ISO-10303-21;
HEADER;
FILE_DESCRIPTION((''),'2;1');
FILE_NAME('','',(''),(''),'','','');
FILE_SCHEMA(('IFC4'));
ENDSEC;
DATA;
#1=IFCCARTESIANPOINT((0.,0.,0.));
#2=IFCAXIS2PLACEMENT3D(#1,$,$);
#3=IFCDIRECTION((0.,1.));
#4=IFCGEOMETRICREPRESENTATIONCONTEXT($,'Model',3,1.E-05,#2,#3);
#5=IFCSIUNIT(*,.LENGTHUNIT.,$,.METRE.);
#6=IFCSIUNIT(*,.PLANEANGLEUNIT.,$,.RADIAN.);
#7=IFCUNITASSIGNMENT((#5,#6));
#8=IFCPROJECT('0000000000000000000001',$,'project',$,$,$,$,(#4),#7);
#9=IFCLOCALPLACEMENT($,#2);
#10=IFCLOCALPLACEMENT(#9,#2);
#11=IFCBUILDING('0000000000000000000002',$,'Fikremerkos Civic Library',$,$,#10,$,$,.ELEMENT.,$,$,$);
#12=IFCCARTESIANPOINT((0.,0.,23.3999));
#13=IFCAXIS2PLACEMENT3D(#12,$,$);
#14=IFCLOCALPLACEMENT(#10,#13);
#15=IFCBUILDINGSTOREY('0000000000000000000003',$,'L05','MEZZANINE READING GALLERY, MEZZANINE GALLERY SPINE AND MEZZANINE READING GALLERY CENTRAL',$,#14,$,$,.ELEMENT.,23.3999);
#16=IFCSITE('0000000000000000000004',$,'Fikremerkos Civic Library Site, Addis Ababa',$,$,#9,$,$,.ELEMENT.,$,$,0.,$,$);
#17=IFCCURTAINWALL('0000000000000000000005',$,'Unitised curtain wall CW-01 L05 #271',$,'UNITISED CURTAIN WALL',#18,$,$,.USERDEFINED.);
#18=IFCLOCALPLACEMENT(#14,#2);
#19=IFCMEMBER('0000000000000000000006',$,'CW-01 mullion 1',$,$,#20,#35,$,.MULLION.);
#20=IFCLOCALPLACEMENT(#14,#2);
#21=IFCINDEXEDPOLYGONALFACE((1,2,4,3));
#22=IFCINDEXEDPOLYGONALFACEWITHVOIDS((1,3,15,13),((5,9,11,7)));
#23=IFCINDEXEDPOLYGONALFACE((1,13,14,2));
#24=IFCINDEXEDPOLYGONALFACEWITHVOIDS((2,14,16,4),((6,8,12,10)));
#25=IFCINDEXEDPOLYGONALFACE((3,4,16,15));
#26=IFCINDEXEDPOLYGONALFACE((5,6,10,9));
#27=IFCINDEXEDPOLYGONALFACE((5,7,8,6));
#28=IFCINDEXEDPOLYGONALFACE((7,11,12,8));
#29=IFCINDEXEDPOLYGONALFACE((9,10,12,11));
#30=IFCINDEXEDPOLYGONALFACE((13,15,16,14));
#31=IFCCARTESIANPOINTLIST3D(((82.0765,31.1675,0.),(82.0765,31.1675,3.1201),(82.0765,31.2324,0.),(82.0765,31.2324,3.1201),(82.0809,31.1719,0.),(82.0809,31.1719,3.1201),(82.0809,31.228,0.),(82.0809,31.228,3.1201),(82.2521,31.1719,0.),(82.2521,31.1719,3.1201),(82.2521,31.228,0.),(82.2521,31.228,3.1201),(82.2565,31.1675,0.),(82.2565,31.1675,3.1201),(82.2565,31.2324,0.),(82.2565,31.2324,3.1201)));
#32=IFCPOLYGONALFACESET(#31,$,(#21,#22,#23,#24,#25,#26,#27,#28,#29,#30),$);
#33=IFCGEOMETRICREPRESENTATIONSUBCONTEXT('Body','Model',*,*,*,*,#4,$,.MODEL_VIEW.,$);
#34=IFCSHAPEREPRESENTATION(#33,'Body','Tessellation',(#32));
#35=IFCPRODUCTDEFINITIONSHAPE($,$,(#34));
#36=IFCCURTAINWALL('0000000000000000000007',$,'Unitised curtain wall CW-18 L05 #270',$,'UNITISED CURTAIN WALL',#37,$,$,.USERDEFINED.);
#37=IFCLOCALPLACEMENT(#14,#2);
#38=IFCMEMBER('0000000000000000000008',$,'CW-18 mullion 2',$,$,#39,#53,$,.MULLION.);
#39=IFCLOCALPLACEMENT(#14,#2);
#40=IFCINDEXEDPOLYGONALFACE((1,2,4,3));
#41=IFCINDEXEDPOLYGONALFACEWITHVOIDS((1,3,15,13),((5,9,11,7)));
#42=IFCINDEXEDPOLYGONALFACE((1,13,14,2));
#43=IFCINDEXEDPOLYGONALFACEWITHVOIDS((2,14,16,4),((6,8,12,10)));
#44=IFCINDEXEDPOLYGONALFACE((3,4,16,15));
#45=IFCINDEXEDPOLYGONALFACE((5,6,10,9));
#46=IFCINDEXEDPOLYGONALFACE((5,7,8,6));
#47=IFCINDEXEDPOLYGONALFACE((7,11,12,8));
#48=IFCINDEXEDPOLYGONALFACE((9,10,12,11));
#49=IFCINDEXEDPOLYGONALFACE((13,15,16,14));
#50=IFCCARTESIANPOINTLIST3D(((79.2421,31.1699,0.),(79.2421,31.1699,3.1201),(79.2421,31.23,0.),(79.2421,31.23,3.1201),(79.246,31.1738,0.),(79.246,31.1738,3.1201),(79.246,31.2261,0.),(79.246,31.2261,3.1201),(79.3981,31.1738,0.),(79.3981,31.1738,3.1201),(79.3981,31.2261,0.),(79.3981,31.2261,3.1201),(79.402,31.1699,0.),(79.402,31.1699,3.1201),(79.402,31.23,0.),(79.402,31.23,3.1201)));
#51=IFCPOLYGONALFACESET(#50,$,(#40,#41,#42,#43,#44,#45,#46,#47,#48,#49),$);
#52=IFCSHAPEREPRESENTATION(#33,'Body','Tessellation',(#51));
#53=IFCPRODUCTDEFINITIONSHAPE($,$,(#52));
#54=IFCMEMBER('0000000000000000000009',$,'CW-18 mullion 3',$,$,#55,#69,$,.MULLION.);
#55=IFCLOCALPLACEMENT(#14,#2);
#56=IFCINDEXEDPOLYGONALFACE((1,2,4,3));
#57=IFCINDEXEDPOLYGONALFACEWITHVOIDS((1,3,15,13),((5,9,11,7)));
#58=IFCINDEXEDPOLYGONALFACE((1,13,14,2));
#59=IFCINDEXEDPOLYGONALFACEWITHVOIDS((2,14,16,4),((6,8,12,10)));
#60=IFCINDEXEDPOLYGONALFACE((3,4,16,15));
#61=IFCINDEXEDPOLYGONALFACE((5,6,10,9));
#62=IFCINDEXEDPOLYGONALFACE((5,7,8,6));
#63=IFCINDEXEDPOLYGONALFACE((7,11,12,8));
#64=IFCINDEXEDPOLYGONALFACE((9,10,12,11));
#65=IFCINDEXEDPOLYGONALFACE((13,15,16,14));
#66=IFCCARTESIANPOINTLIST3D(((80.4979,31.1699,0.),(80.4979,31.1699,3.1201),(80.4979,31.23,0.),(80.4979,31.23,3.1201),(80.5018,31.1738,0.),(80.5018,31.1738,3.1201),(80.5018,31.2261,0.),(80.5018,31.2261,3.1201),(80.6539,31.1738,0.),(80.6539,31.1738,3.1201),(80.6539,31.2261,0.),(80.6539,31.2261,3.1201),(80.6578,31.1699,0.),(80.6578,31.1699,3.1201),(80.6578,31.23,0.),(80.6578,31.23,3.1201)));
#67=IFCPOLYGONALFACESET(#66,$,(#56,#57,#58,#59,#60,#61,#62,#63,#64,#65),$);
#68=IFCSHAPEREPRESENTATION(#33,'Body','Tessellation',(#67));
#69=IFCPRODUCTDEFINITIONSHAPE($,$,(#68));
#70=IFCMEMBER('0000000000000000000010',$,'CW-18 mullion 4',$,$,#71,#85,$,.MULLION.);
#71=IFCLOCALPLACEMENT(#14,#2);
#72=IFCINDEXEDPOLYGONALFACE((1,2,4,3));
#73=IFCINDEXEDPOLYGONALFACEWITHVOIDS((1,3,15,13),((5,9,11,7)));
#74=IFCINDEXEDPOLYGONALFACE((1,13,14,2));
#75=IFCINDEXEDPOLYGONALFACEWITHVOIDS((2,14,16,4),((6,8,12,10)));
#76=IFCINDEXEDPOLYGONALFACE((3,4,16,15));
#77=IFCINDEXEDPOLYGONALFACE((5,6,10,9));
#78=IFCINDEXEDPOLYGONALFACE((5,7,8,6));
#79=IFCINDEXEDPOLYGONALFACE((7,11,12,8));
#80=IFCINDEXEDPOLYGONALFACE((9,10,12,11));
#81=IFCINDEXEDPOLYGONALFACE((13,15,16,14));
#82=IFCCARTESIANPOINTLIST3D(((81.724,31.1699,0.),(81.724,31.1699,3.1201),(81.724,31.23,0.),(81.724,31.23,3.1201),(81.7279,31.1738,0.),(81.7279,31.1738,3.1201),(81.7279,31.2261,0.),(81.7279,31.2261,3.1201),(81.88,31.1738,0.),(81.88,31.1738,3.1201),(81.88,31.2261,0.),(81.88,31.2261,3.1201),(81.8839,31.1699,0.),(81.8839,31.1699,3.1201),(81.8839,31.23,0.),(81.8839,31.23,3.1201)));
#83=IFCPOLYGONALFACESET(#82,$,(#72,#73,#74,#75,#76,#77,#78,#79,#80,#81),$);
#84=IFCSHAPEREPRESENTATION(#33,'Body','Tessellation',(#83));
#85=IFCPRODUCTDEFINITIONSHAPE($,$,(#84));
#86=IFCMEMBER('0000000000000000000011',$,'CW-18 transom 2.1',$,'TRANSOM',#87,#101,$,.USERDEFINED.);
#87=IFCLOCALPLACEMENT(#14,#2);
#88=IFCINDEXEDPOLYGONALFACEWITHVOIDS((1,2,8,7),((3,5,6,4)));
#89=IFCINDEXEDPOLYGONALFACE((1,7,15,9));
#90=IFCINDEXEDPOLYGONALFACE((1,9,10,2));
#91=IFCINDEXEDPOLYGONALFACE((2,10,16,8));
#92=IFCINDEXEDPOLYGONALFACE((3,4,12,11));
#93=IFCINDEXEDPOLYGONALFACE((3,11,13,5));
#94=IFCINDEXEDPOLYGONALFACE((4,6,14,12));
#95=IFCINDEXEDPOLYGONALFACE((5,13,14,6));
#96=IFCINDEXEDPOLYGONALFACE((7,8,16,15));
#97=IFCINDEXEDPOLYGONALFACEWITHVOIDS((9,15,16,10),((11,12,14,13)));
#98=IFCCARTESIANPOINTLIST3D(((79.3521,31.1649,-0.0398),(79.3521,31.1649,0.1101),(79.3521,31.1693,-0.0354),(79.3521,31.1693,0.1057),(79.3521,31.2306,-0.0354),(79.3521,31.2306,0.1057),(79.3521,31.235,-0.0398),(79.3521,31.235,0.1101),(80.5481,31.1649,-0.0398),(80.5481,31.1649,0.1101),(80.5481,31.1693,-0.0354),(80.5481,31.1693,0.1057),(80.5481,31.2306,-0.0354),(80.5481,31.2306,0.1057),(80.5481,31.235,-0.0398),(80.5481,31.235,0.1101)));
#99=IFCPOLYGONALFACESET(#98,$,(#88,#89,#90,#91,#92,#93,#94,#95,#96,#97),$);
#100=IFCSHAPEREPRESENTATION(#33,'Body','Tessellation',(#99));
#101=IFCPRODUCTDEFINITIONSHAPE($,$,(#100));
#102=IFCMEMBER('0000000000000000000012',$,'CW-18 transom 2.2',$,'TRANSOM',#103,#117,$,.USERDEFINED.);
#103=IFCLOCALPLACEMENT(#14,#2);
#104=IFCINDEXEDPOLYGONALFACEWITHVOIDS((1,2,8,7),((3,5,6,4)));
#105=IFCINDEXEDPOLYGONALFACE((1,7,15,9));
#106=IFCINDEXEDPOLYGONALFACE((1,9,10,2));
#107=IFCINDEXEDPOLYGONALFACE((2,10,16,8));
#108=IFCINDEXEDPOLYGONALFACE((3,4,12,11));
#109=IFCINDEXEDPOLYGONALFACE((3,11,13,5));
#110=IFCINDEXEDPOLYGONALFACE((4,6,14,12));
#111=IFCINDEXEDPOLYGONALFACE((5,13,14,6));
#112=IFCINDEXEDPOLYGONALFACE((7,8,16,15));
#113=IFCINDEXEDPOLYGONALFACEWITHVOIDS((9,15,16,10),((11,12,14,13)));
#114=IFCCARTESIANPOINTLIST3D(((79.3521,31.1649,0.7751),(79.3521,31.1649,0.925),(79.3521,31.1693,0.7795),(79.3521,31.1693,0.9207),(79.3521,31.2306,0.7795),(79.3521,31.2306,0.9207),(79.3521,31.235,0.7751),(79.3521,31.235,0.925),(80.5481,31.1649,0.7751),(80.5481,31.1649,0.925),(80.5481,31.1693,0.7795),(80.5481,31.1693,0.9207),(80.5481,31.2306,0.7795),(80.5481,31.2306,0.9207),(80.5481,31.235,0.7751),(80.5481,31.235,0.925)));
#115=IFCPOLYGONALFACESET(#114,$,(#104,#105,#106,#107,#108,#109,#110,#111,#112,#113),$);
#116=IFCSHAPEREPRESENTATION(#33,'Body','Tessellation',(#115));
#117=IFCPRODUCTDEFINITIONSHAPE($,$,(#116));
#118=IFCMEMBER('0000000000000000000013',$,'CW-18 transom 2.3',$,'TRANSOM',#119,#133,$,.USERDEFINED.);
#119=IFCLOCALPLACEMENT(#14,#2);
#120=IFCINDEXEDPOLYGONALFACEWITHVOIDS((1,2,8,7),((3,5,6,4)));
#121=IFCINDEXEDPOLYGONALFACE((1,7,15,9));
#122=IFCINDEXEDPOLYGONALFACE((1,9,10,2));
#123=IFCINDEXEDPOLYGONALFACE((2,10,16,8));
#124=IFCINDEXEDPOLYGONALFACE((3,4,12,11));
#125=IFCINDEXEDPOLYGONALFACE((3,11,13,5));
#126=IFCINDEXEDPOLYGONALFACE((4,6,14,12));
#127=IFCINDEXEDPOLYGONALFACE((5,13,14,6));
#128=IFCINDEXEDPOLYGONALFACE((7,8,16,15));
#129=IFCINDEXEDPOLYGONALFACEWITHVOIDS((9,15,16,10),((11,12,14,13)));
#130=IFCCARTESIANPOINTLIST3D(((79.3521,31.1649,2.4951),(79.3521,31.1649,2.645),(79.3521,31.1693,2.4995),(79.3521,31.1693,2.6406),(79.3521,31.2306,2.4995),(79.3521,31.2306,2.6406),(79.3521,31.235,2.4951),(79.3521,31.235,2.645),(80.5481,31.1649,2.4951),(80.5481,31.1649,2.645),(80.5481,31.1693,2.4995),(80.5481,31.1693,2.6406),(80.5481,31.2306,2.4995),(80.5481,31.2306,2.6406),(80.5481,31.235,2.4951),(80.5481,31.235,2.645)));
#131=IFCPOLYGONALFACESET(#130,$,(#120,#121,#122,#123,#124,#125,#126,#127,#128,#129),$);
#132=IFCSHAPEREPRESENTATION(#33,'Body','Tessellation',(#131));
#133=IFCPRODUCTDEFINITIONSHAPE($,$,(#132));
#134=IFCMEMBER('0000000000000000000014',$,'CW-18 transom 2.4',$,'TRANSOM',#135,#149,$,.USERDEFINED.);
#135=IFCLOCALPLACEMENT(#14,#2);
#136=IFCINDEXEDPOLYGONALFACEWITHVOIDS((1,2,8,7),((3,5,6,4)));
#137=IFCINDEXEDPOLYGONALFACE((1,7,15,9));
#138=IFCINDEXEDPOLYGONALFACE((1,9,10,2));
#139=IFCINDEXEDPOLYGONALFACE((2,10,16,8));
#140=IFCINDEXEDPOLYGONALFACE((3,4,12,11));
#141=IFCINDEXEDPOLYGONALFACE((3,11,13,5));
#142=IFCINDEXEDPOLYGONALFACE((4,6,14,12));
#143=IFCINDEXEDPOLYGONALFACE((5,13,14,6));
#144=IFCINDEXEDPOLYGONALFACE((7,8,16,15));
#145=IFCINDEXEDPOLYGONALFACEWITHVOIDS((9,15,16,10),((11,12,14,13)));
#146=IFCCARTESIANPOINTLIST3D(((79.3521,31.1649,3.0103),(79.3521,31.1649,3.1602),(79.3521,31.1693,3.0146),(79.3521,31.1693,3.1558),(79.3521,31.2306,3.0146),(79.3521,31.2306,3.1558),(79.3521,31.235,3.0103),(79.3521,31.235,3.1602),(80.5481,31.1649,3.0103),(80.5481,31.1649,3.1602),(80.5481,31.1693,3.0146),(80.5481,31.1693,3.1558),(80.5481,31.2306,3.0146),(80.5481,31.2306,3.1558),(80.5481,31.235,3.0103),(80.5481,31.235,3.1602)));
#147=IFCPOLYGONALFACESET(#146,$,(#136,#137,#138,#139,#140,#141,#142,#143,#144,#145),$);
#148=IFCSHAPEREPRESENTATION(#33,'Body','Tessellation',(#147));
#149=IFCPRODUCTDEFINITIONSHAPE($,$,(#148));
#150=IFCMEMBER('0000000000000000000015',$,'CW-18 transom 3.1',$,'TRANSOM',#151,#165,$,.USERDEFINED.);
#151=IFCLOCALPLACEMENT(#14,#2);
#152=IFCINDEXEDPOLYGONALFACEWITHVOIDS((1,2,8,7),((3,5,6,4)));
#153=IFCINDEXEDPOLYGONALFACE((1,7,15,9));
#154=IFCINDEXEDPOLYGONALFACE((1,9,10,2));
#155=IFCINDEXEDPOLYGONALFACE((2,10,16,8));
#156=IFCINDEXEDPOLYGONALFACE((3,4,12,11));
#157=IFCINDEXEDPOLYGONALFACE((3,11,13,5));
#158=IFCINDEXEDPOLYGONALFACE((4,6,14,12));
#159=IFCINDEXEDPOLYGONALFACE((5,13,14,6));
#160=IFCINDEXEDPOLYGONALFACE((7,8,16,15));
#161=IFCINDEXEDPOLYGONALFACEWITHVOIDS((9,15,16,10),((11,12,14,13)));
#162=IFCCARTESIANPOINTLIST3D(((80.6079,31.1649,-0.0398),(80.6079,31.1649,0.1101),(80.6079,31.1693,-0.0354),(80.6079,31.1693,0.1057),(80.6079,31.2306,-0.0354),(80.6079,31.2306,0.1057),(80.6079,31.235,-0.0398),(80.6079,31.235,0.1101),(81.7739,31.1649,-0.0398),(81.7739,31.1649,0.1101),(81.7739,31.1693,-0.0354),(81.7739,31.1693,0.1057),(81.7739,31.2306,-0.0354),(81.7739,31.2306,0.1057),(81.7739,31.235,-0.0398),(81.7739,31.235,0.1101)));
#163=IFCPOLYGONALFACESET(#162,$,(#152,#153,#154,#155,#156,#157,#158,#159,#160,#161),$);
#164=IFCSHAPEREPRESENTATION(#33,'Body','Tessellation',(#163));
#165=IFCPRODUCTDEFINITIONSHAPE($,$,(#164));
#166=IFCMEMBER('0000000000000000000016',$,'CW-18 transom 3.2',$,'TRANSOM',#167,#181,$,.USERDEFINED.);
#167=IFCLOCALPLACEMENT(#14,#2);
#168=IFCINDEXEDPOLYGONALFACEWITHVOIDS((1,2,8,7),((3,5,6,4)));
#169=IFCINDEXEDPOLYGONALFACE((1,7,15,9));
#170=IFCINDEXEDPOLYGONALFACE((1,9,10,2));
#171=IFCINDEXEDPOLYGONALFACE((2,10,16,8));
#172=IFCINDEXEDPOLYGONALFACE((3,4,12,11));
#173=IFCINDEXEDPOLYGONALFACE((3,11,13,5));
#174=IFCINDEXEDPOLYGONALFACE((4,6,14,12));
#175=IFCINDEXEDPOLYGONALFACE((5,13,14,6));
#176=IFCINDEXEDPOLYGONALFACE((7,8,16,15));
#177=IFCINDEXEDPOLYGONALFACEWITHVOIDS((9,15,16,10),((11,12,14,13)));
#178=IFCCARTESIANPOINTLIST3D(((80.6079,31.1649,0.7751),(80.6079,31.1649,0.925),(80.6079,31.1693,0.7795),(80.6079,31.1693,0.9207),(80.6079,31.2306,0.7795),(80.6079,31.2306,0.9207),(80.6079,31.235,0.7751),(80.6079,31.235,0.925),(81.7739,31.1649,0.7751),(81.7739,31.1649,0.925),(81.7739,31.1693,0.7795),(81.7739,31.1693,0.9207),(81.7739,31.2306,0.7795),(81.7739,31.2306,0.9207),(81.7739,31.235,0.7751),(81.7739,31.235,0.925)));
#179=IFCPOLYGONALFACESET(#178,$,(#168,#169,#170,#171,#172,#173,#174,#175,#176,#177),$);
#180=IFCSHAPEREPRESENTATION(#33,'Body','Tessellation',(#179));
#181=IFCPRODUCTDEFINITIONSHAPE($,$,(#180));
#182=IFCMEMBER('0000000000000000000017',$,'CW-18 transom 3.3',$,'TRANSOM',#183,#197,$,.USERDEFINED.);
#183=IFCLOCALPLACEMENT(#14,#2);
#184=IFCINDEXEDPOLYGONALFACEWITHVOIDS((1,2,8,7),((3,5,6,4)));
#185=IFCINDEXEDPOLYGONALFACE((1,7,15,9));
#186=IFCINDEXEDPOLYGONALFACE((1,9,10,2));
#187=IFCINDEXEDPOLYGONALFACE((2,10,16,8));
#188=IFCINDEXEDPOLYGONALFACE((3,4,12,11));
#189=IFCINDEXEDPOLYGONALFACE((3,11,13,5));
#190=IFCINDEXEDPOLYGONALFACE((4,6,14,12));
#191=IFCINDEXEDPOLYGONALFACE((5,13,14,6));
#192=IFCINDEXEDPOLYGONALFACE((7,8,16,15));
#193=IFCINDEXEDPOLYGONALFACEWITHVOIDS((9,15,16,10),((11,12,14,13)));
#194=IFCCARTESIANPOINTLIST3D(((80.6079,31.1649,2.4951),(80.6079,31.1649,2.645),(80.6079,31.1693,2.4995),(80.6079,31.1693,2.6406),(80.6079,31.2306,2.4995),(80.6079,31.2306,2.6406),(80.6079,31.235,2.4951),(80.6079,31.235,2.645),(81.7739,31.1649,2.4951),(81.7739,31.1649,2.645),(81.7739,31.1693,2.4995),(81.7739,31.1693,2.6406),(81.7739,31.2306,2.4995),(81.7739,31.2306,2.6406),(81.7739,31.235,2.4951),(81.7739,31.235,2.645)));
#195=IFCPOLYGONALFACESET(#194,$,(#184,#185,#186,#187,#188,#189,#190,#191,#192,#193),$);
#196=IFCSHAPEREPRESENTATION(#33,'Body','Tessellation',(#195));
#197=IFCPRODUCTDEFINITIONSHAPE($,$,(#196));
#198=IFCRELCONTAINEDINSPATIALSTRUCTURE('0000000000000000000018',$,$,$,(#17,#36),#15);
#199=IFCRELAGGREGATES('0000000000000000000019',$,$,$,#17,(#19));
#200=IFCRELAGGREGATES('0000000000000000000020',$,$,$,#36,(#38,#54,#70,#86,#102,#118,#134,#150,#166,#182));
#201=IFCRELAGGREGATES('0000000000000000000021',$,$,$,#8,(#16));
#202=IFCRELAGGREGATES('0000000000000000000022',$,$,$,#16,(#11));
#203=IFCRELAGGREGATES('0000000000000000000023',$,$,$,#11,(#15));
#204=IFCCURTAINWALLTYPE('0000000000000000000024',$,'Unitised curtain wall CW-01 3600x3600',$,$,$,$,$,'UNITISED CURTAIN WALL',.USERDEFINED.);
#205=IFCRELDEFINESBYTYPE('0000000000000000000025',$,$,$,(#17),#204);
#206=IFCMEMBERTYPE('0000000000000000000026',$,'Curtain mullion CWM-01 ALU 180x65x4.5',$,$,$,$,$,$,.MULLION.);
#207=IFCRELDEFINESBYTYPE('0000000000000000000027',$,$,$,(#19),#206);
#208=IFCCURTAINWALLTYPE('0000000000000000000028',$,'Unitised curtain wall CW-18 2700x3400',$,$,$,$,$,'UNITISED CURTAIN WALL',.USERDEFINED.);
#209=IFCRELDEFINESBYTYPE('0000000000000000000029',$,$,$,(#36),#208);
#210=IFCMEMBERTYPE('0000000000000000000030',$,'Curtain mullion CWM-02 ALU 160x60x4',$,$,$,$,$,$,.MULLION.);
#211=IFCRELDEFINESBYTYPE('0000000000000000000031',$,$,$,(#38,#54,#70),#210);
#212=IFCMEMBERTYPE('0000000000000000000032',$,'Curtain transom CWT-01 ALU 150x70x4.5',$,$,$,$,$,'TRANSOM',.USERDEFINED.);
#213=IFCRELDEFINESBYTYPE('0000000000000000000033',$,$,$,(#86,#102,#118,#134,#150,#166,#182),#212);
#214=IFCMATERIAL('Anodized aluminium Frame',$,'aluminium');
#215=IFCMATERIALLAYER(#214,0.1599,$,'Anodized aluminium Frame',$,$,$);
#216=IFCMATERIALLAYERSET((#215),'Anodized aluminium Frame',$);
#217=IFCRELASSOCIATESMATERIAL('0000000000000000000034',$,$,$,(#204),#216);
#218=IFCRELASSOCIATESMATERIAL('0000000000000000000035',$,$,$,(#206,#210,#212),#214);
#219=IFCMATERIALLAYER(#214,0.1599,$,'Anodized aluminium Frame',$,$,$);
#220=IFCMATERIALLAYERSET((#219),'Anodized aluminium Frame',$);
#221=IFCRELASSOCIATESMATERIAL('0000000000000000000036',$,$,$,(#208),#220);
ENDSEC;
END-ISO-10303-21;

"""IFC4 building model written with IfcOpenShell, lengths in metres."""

from ifc_helpers import new_model, si_unit, direction, frame, origin, origin_2d, place, context, subcontext, project, spatial, hollow_rectangle, extrude, material, layer, layer_set, material_profile, profile_set, type_object, element, aggregate, save


model = new_model("IFC4")

# Units and contexts
model_context = context("Model", 3, precision=1e-05, world=origin(), true_north=direction((0.0, 1.0)))
body_context = subcontext(model_context, "Body", "Model", "MODEL_VIEW")
ifc_project = project(units=[si_unit("LENGTHUNIT", "METRE"), si_unit("PLANEANGLEUNIT", "RADIAN")], contexts=[model_context])

# Site, building, storey
site_placement = place(None, origin())
site = spatial("IfcSite", under=ifc_project, at=site_placement, Name="Fikremerkos Civic Library Site, Addis Ababa", CompositionType="ELEMENT", RefElevation=0.0)
building_placement = place(site_placement, origin())
building = spatial("IfcBuilding", under=site, at=building_placement, Name="Fikremerkos Civic Library", CompositionType="ELEMENT")
storey_placement = place(building_placement, frame((0.0, 0.0, 23.3999)))
storey = spatial("IfcBuildingStorey", under=building, at=storey_placement, Name="L05", Description="MEZZANINE READING GALLERY, MEZZANINE GALLERY SPINE AND MEZZANINE READING GALLERY CENTRAL", CompositionType="ELEMENT", Elevation=23.3999)

# Curtain wall, member
ifc_material_1 = material(Name="Anodized aluminium Frame", Category="aluminium")
ifc_layer_1 = layer(ifc_material_1, 0.1599, Name="Anodized aluminium Frame")
ifc_layer_set_1 = layer_set([ifc_layer_1], Name="Anodized aluminium Frame")
curtain_wall_type_1 = type_object("IfcCurtainWallType", Name="Unitised curtain wall CW-01 3600x3600", ElementType="UNITISED CURTAIN WALL", PredefinedType="USERDEFINED", material=ifc_layer_set_1)
curtain_wall_1_placement = place(storey_placement, origin())
curtain_wall_1 = element("IfcCurtainWall", 1, at=curtain_wall_1_placement, inside=storey, type_object=curtain_wall_type_1, Name="Unitised curtain wall CW-01 L05 #271", ObjectType="UNITISED CURTAIN WALL", PredefinedType="USERDEFINED")
ifc_material_profile_1 = material_profile(ifc_material_1, hollow_rectangle(XDim=0.0649, YDim=0.1799, WallThickness=0.0044, at=origin_2d()), Name="ALU 180x65x4.5")
ifc_profile_set_1 = profile_set([ifc_material_profile_1], Name="Anodized aluminium Frame")
member_type_1 = type_object("IfcMemberType", Name="Curtain mullion CWM-01 ALU 180x65x4.5", PredefinedType="MULLION", material=ifc_profile_set_1)
member_1_placement = place(storey_placement, frame((82.1665, 31.2, 0.0), z_axis=(0.0, 0.0, 1.0), x_axis=(0.0, 1.0, 0.0)))
member_1 = element("IfcMember", 2, at=member_1_placement, type_object=member_type_1, Name="CW-01 mullion 1", PredefinedType="MULLION", context=body_context, shape_type="SweptSolid", body=[
    extrude(hollow_rectangle(XDim=0.0649, YDim=0.1799, WallThickness=0.0044, at=origin_2d()), origin(), (0.0, 0.0, 1.0), 3.1201),
])

# Curtain wall, members
ifc_layer_2 = layer(ifc_material_1, 0.1599, Name="Anodized aluminium Frame")
ifc_layer_set_2 = layer_set([ifc_layer_2], Name="Anodized aluminium Frame")
curtain_wall_type_2 = type_object("IfcCurtainWallType", Name="Unitised curtain wall CW-18 2700x3400", ElementType="UNITISED CURTAIN WALL", PredefinedType="USERDEFINED", material=ifc_layer_set_2)
curtain_wall_2_placement = place(storey_placement, origin())
curtain_wall_2 = element("IfcCurtainWall", 3, at=curtain_wall_2_placement, inside=storey, type_object=curtain_wall_type_2, Name="Unitised curtain wall CW-18 L05 #270", ObjectType="UNITISED CURTAIN WALL", PredefinedType="USERDEFINED")
ifc_material_profile_2 = material_profile(ifc_material_1, hollow_rectangle(XDim=0.0601, YDim=0.1599, WallThickness=0.0039, at=origin_2d()), Name="ALU 160x60x4")
ifc_profile_set_2 = profile_set([ifc_material_profile_2], Name="Anodized aluminium Frame")
member_type_2 = type_object("IfcMemberType", Name="Curtain mullion CWM-02 ALU 160x60x4", PredefinedType="MULLION", material=ifc_profile_set_2)
member_2_placement = place(storey_placement, frame((79.322, 31.2, 0.0), z_axis=(0.0, 0.0, 1.0), x_axis=(0.0, 1.0, 0.0)))
member_2 = element("IfcMember", 4, at=member_2_placement, type_object=member_type_2, Name="CW-18 mullion 2", PredefinedType="MULLION", context=body_context, shape_type="SweptSolid", body=[
    extrude(hollow_rectangle(XDim=0.0601, YDim=0.1599, WallThickness=0.0039, at=origin_2d()), origin(), (0.0, 0.0, 1.0), 3.1201),
])
member_3_placement = place(storey_placement, frame((80.5779, 31.2, 0.0), z_axis=(0.0, 0.0, 1.0), x_axis=(0.0, 1.0, 0.0)))
member_3 = element("IfcMember", 5, at=member_3_placement, type_object=member_type_2, Name="CW-18 mullion 3", PredefinedType="MULLION", context=body_context, shape_type="SweptSolid", body=[
    extrude(hollow_rectangle(XDim=0.0601, YDim=0.1599, WallThickness=0.0039, at=origin_2d()), origin(), (0.0, 0.0, 1.0), 3.1201),
])
member_4_placement = place(storey_placement, frame((81.804, 31.2, 0.0), z_axis=(0.0, 0.0, 1.0), x_axis=(0.0, 1.0, 0.0)))
member_4 = element("IfcMember", 6, at=member_4_placement, type_object=member_type_2, Name="CW-18 mullion 4", PredefinedType="MULLION", context=body_context, shape_type="SweptSolid", body=[
    extrude(hollow_rectangle(XDim=0.0601, YDim=0.1599, WallThickness=0.0039, at=origin_2d()), origin(), (0.0, 0.0, 1.0), 3.1201),
])
ifc_material_profile_3 = material_profile(ifc_material_1, hollow_rectangle(XDim=0.0701, YDim=0.1499, WallThickness=0.0044, at=origin_2d()), Name="ALU 150x70x4.5")
ifc_profile_set_3 = profile_set([ifc_material_profile_3], Name="Anodized aluminium Frame")
member_type_3 = type_object("IfcMemberType", Name="Curtain transom CWT-01 ALU 150x70x4.5", ElementType="TRANSOM", PredefinedType="USERDEFINED", material=ifc_profile_set_3)
member_5_placement = place(storey_placement, frame((79.3521, 31.2, 0.0352), z_axis=(1.0, 0.0, 0.0), x_axis=(0.0, 1.0, 0.0)))
member_5 = element("IfcMember", 7, at=member_5_placement, type_object=member_type_3, Name="CW-18 transom 2.1", ObjectType="TRANSOM", PredefinedType="USERDEFINED", context=body_context, shape_type="SweptSolid", body=[
    extrude(hollow_rectangle(XDim=0.0701, YDim=0.1499, WallThickness=0.0044, at=origin_2d()), origin(), (0.0, 0.0, 1.0), 1.196),
])
member_6_placement = place(storey_placement, frame((79.3521, 31.2, 0.8501), z_axis=(1.0, 0.0, 0.0), x_axis=(0.0, 1.0, 0.0)))
member_6 = element("IfcMember", 8, at=member_6_placement, type_object=member_type_3, Name="CW-18 transom 2.2", ObjectType="TRANSOM", PredefinedType="USERDEFINED", context=body_context, shape_type="SweptSolid", body=[
    extrude(hollow_rectangle(XDim=0.0701, YDim=0.1499, WallThickness=0.0044, at=origin_2d()), origin(), (0.0, 0.0, 1.0), 1.196),
])
member_7_placement = place(storey_placement, frame((79.3521, 31.2, 2.5701), z_axis=(1.0, 0.0, 0.0), x_axis=(0.0, 1.0, 0.0)))
member_7 = element("IfcMember", 9, at=member_7_placement, type_object=member_type_3, Name="CW-18 transom 2.3", ObjectType="TRANSOM", PredefinedType="USERDEFINED", context=body_context, shape_type="SweptSolid", body=[
    extrude(hollow_rectangle(XDim=0.0701, YDim=0.1499, WallThickness=0.0044, at=origin_2d()), origin(), (0.0, 0.0, 1.0), 1.196),
])
member_8_placement = place(storey_placement, frame((79.3521, 31.2, 3.0852), z_axis=(1.0, 0.0, 0.0), x_axis=(0.0, 1.0, 0.0)))
member_8 = element("IfcMember", 10, at=member_8_placement, type_object=member_type_3, Name="CW-18 transom 2.4", ObjectType="TRANSOM", PredefinedType="USERDEFINED", context=body_context, shape_type="SweptSolid", body=[
    extrude(hollow_rectangle(XDim=0.0701, YDim=0.1499, WallThickness=0.0044, at=origin_2d()), origin(), (0.0, 0.0, 1.0), 1.196),
])
member_9_placement = place(storey_placement, frame((80.6079, 31.2, 0.0352), z_axis=(1.0, 0.0, 0.0), x_axis=(0.0, 1.0, 0.0)))
member_9 = element("IfcMember", 11, at=member_9_placement, type_object=member_type_3, Name="CW-18 transom 3.1", ObjectType="TRANSOM", PredefinedType="USERDEFINED", context=body_context, shape_type="SweptSolid", body=[
    extrude(hollow_rectangle(XDim=0.0701, YDim=0.1499, WallThickness=0.0044, at=origin_2d()), origin(), (0.0, 0.0, 1.0), 1.166),
])
member_10_placement = place(storey_placement, frame((80.6079, 31.2, 0.8501), z_axis=(1.0, 0.0, 0.0), x_axis=(0.0, 1.0, 0.0)))
member_10 = element("IfcMember", 12, at=member_10_placement, type_object=member_type_3, Name="CW-18 transom 3.2", ObjectType="TRANSOM", PredefinedType="USERDEFINED", context=body_context, shape_type="SweptSolid", body=[
    extrude(hollow_rectangle(XDim=0.0701, YDim=0.1499, WallThickness=0.0044, at=origin_2d()), origin(), (0.0, 0.0, 1.0), 1.166),
])
member_11_placement = place(storey_placement, frame((80.6079, 31.2, 2.5701), z_axis=(1.0, 0.0, 0.0), x_axis=(0.0, 1.0, 0.0)))
member_11 = element("IfcMember", 13, at=member_11_placement, type_object=member_type_3, Name="CW-18 transom 3.3", ObjectType="TRANSOM", PredefinedType="USERDEFINED", context=body_context, shape_type="SweptSolid", body=[
    extrude(hollow_rectangle(XDim=0.0701, YDim=0.1499, WallThickness=0.0044, at=origin_2d()), origin(), (0.0, 0.0, 1.0), 1.166),
])

aggregate(curtain_wall_1, [member_1])

aggregate(curtain_wall_2, [member_2, member_3, member_4, member_5, member_6, member_7, member_8, member_9, member_10, member_11])

save(model, "model.ifc")
